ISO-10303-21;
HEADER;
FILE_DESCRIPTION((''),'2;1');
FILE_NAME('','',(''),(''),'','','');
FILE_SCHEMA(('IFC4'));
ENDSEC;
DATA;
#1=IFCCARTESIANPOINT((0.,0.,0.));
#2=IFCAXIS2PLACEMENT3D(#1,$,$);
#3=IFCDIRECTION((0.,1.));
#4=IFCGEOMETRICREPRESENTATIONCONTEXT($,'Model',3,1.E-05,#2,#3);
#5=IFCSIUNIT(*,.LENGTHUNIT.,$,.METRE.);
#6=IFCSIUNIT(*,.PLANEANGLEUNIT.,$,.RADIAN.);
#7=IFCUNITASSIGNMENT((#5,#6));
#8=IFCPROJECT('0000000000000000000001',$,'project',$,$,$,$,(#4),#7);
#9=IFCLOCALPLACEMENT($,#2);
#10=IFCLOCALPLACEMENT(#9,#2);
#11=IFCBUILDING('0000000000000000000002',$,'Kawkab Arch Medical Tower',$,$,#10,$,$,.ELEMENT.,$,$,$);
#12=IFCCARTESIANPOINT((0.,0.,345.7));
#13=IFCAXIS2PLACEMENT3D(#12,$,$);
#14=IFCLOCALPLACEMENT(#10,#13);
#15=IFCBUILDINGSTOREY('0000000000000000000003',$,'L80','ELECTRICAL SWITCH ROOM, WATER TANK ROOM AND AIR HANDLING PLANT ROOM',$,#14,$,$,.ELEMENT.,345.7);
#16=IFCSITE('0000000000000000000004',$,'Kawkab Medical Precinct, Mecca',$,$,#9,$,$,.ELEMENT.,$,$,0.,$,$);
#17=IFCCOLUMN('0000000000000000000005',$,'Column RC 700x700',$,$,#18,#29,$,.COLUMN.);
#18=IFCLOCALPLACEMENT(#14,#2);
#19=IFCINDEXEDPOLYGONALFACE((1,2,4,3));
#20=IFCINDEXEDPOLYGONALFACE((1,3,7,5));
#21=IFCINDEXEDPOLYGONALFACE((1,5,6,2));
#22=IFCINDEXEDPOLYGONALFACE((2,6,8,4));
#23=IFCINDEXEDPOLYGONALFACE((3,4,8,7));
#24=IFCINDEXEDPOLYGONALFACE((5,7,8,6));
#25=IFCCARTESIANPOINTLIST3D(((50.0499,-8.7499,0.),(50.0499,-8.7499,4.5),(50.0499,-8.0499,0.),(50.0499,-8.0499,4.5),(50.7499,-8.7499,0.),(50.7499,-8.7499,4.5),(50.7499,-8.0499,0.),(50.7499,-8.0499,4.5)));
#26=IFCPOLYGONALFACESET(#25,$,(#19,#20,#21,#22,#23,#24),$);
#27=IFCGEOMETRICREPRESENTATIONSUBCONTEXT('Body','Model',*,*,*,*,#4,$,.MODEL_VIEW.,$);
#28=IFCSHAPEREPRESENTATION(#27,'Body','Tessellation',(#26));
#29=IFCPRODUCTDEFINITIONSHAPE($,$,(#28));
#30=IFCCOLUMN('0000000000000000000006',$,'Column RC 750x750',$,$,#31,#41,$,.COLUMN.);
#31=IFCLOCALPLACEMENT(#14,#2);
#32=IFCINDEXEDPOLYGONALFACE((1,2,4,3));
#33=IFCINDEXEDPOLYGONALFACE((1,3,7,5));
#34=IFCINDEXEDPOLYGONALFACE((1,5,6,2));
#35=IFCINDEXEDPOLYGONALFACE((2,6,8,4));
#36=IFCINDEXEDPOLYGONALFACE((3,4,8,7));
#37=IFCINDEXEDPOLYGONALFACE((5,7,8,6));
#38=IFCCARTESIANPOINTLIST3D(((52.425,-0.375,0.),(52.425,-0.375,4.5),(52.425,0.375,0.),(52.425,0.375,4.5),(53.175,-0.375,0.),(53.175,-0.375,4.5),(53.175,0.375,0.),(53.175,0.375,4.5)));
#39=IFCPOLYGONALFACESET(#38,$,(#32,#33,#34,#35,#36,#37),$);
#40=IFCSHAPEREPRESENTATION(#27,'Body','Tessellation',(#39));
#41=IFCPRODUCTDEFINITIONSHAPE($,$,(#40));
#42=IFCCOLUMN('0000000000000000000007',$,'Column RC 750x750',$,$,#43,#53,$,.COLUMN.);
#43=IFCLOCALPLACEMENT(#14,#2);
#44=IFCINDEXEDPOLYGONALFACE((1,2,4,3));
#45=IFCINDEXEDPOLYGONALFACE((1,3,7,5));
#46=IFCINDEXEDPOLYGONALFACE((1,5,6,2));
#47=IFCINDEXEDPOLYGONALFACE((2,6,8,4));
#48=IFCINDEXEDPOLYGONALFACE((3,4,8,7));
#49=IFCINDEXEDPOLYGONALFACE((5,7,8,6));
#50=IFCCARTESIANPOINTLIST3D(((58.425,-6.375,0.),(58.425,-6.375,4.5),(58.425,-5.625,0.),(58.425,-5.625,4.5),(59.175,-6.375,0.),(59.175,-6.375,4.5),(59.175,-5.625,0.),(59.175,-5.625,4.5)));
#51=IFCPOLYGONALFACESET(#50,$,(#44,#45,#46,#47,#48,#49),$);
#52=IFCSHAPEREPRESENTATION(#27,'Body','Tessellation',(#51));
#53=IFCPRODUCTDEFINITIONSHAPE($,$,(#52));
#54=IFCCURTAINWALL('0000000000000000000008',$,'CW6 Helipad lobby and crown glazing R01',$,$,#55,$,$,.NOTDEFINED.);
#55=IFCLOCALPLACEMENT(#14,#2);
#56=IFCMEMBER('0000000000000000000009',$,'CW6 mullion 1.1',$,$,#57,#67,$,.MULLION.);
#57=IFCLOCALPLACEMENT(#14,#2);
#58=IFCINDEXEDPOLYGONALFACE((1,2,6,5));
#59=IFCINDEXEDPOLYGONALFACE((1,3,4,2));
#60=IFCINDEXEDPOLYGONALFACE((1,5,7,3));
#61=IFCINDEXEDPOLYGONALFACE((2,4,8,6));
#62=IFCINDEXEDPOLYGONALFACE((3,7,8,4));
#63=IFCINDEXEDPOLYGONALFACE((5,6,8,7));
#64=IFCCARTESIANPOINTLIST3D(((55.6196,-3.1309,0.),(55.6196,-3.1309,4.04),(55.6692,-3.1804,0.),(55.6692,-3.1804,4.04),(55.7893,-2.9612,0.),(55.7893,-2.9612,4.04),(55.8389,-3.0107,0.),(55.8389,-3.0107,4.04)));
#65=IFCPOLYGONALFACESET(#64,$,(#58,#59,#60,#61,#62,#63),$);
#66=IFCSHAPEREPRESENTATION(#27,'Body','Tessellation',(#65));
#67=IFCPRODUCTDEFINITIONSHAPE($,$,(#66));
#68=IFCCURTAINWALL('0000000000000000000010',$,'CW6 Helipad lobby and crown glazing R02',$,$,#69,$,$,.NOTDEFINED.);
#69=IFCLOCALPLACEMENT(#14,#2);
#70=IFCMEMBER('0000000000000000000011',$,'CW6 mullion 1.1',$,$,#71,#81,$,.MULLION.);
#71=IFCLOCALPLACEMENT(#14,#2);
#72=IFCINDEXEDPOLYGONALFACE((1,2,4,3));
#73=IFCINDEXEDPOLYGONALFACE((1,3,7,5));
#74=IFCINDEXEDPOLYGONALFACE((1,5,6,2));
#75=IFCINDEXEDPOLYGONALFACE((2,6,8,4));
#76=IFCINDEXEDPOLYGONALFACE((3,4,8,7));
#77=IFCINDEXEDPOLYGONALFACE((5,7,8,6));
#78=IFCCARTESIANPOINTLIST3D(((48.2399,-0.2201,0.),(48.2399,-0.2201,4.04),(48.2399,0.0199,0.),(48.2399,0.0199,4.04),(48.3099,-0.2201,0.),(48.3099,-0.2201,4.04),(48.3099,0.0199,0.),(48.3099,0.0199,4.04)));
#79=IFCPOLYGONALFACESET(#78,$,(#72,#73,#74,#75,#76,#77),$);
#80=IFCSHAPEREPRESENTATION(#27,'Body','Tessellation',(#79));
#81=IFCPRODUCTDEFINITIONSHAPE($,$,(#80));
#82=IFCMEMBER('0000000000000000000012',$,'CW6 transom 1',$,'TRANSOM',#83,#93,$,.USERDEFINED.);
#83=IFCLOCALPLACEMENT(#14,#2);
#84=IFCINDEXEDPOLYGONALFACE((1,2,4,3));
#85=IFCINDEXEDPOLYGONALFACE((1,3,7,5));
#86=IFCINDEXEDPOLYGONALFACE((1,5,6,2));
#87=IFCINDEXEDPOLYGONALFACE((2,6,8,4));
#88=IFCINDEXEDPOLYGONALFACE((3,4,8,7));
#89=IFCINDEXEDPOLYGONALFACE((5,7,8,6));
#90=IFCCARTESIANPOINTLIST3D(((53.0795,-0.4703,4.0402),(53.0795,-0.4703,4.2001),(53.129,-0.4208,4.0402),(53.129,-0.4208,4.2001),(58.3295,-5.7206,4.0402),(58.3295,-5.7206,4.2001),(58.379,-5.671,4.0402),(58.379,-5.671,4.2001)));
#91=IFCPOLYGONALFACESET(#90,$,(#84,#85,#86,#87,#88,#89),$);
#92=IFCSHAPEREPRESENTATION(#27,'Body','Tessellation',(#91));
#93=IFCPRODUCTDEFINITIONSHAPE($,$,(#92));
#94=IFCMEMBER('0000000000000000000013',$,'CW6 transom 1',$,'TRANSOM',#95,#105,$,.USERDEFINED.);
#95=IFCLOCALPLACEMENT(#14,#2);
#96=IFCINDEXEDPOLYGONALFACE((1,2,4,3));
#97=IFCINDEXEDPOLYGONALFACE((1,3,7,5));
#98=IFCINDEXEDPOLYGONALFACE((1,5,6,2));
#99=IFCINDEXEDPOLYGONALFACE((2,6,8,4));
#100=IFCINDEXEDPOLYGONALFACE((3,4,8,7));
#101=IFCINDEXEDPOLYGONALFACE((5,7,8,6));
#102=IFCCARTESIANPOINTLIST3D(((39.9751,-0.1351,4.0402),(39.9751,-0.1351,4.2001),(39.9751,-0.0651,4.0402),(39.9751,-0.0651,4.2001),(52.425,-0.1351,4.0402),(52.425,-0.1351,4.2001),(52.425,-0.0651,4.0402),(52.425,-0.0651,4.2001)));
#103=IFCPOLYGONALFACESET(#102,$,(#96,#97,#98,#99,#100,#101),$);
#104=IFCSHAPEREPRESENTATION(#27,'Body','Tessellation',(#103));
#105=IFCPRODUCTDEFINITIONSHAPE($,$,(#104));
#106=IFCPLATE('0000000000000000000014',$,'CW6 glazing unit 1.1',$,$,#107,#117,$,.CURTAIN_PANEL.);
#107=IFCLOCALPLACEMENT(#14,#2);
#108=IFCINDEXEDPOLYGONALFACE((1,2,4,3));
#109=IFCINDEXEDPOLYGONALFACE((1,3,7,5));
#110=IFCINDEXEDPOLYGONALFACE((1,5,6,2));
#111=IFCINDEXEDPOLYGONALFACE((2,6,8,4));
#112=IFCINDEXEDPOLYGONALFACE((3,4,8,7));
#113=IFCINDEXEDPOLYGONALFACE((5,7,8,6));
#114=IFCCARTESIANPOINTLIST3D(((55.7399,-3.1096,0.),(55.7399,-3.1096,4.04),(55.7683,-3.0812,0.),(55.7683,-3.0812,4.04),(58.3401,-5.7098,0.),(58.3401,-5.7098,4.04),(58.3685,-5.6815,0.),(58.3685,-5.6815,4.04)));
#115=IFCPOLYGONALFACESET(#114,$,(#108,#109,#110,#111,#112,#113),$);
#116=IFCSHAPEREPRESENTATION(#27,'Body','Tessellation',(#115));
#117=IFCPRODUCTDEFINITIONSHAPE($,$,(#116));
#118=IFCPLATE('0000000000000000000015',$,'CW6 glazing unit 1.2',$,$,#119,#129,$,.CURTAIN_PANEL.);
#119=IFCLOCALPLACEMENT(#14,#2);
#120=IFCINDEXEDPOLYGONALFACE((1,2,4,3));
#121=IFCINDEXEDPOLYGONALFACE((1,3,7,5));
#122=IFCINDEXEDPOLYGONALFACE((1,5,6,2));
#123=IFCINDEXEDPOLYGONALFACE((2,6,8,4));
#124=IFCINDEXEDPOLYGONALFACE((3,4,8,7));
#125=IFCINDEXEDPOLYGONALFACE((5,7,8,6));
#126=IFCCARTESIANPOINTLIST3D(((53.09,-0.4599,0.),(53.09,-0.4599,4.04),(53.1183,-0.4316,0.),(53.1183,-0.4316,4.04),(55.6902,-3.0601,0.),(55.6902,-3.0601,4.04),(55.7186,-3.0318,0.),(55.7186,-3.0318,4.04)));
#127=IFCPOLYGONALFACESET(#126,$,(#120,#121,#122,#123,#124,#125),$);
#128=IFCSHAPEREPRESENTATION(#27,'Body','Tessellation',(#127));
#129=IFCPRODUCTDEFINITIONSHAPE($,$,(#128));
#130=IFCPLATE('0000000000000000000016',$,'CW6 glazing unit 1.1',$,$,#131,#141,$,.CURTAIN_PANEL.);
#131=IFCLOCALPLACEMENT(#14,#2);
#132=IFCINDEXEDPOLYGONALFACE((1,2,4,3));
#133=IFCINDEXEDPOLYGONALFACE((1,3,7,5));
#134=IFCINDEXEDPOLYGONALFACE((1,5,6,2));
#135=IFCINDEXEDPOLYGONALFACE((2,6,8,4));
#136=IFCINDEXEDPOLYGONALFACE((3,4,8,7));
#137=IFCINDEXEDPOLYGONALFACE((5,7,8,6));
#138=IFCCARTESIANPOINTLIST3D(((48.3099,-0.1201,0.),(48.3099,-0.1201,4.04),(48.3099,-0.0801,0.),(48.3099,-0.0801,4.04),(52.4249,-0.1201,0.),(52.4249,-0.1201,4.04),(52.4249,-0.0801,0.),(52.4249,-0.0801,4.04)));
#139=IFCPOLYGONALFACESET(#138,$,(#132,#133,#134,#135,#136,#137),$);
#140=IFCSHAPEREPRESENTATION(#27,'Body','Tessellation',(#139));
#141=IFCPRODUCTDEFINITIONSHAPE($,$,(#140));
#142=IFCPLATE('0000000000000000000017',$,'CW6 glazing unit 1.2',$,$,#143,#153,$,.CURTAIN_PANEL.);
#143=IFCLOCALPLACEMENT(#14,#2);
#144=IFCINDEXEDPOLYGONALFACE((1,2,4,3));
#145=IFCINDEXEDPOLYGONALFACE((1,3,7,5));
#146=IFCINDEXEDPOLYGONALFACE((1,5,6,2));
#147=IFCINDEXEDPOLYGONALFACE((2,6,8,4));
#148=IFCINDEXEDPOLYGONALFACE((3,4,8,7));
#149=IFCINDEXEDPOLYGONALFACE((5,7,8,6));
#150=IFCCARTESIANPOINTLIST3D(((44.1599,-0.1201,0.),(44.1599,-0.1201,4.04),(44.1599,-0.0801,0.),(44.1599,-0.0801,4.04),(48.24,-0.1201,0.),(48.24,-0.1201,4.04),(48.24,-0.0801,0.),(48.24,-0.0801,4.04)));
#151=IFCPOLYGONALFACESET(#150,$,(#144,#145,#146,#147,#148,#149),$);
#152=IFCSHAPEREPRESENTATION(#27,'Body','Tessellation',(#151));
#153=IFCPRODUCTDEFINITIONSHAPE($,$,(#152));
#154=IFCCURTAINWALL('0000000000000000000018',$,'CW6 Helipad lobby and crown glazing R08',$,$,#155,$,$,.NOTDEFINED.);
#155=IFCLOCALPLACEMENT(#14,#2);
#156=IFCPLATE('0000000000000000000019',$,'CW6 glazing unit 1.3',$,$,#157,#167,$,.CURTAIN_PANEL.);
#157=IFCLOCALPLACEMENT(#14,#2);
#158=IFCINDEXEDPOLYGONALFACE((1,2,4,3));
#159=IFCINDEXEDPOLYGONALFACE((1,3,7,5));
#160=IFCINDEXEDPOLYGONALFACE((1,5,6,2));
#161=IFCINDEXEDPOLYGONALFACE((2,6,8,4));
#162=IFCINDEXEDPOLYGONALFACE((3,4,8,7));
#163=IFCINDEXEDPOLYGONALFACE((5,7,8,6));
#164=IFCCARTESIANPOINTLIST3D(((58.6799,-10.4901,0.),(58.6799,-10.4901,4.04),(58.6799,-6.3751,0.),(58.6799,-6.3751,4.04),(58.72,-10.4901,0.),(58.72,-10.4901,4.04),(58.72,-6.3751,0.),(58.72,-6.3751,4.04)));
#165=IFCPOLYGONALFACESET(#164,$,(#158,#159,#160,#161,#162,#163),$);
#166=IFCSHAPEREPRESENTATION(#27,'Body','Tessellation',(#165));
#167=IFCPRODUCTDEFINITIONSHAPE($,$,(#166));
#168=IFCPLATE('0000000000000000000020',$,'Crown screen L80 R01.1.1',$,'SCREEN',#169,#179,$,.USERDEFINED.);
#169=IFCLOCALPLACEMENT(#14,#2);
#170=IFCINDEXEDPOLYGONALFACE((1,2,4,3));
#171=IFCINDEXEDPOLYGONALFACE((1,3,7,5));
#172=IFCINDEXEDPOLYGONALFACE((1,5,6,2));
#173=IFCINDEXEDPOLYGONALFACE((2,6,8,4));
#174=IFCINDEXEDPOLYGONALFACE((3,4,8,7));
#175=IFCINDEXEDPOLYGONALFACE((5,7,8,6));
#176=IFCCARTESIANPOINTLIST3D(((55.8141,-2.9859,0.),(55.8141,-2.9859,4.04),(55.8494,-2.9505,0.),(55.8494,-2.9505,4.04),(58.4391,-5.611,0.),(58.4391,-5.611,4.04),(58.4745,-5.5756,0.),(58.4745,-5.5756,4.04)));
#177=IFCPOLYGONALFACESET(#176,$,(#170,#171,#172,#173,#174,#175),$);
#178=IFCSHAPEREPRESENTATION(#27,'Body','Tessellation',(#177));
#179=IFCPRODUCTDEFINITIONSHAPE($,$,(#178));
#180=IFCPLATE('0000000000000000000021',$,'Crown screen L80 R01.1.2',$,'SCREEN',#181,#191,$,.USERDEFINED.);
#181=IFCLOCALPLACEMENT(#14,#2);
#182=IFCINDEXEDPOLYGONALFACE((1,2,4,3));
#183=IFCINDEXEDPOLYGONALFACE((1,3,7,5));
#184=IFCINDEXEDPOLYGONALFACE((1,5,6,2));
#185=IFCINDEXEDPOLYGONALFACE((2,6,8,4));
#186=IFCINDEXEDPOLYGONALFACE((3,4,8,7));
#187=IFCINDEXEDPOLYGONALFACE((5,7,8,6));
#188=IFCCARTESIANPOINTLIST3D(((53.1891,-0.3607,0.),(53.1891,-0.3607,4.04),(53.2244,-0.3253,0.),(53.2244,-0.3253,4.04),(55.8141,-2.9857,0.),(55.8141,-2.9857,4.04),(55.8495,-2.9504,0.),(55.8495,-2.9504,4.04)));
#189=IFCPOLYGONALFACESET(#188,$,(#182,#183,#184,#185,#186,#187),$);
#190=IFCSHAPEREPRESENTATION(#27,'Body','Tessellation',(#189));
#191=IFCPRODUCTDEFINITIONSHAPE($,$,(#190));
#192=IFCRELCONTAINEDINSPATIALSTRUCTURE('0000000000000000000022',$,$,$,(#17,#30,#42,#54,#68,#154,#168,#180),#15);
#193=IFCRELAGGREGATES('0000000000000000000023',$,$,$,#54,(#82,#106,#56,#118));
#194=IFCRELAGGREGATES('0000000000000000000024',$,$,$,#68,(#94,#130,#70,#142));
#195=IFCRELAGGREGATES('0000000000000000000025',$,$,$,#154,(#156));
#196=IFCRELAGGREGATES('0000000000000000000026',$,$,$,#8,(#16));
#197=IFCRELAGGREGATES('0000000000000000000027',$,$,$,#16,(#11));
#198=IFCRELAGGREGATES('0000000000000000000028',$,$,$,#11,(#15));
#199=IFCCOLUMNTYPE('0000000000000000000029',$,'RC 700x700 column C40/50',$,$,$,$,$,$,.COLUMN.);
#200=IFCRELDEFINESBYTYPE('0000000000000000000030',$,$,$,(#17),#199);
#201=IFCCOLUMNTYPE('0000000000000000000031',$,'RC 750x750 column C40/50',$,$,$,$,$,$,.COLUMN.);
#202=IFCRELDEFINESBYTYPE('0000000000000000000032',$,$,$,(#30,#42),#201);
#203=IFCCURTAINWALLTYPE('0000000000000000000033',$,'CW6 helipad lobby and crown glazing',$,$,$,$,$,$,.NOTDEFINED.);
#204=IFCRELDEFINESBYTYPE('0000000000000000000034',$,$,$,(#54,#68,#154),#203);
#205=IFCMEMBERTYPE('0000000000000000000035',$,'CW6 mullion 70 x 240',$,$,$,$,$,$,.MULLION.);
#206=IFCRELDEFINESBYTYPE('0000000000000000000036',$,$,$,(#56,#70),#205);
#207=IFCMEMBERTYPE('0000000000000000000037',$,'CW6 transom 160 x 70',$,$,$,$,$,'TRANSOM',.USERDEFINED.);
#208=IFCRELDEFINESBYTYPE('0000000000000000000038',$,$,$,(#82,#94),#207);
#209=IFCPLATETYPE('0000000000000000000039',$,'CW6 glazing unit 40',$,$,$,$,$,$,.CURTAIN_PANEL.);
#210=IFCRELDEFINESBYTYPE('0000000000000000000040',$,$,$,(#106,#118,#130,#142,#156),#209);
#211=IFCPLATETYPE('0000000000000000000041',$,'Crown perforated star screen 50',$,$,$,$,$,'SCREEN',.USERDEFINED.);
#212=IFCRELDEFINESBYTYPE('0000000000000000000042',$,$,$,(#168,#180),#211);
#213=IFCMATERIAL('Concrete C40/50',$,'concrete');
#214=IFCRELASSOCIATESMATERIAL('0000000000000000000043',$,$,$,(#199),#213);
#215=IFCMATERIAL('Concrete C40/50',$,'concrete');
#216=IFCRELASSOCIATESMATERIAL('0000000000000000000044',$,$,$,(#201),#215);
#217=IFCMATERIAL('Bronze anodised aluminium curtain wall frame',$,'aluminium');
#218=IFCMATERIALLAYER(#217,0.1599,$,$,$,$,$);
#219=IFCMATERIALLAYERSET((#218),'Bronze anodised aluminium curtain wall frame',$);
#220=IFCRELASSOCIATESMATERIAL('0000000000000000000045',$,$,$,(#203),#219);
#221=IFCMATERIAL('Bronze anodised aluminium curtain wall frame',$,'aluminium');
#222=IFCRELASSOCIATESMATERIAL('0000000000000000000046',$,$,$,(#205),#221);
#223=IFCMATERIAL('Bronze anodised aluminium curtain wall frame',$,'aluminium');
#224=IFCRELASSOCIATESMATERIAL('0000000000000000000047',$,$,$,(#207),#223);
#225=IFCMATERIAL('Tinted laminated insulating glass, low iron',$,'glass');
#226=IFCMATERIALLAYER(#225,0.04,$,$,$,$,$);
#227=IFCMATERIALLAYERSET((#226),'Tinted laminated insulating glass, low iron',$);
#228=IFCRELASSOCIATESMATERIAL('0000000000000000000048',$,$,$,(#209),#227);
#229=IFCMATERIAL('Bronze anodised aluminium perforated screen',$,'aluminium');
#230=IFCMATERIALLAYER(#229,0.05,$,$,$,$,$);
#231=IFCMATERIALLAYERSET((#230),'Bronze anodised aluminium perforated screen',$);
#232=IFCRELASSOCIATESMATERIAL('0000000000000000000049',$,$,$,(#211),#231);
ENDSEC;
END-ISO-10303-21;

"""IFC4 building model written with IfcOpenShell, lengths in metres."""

from ifc_helpers import new_model, si_unit, direction, frame, origin, origin_2d, place, context, subcontext, project, spatial, rectangle, extrude, material, layer, layer_set, material_profile, profile_set, type_object, element, aggregate, save


model = new_model("IFC4")

# Units and contexts
model_context = context("Model", 3, precision=1e-05, world=origin(), true_north=direction((0.0, 1.0)))
body_context = subcontext(model_context, "Body", "Model", "MODEL_VIEW")
ifc_project = project(units=[si_unit("LENGTHUNIT", "METRE"), si_unit("PLANEANGLEUNIT", "RADIAN")], contexts=[model_context])

# Site, building, storey
site_placement = place(None, origin())
site = spatial("IfcSite", under=ifc_project, at=site_placement, Name="Kawkab Medical Precinct, Mecca", CompositionType="ELEMENT", RefElevation=0.0)
building_placement = place(site_placement, origin())
building = spatial("IfcBuilding", under=site, at=building_placement, Name="Kawkab Arch Medical Tower", CompositionType="ELEMENT")
storey_placement = place(building_placement, frame((0.0, 0.0, 345.7)))
storey = spatial("IfcBuildingStorey", under=building, at=storey_placement, Name="L80", Description="ELECTRICAL SWITCH ROOM, WATER TANK ROOM AND AIR HANDLING PLANT ROOM", CompositionType="ELEMENT", Elevation=345.7)

# Columns
ifc_material_1 = material(Name="Concrete C40/50", Category="concrete")
ifc_material_profile_1 = material_profile(ifc_material_1, rectangle(XDim=0.7, YDim=0.7, at=origin_2d()), Name="RC 700x700")
ifc_profile_set_1 = profile_set([ifc_material_profile_1], Name="Concrete C40/50")
column_type_1 = type_object("IfcColumnType", Name="RC 700x700 column C40/50", PredefinedType="COLUMN", material=ifc_profile_set_1)
column_placement = place(storey_placement, frame((50.3999, -8.3999, 0.0), z_axis=(0.0, 0.0, 1.0), x_axis=(1.0, 0.0, 0.0)))
element("IfcColumn", 1, at=column_placement, inside=storey, type_object=column_type_1, Name="Column RC 700x700", PredefinedType="COLUMN", context=body_context, shape_type="SweptSolid", body=[
    extrude(rectangle(XDim=0.7, YDim=0.7, at=origin_2d()), origin(), (0.0, 0.0, 1.0), 4.5),
])
ifc_material_2 = material(Name="Concrete C40/50", Category="concrete")
ifc_material_profile_2 = material_profile(ifc_material_2, rectangle(XDim=0.75, YDim=0.75, at=origin_2d()), Name="RC 750x750")
ifc_profile_set_2 = profile_set([ifc_material_profile_2], Name="Concrete C40/50")
column_type_2 = type_object("IfcColumnType", Name="RC 750x750 column C40/50", PredefinedType="COLUMN", material=ifc_profile_set_2)
for number, where, z_axis, x_axis, name in (
    (2, (52.8, 0.0, 0.0), (0.0, 0.0, 1.0), (1.0, 0.0, 0.0), "Column RC 750x750"),
    (3, (58.8, -6.0, 0.0), (0.0, 0.0, 1.0), (1.0, 0.0, 0.0), "Column RC 750x750"),
):
    element("IfcColumn", number, at=place(storey_placement, frame(where, z_axis=z_axis, x_axis=x_axis)), inside=storey, type_object=column_type_2, Name=name, PredefinedType="COLUMN", context=body_context, shape_type="SweptSolid", body=[
        extrude(rectangle(XDim=0.75, YDim=0.75, at=origin_2d()), origin(), (0.0, 0.0, 1.0), 4.5),
    ])

# Curtain walls, members
ifc_material_3 = material(Name="Bronze anodised aluminium curtain wall frame", Category="aluminium")
ifc_layer_1 = layer(ifc_material_3, 0.1599)
ifc_layer_set_1 = layer_set([ifc_layer_1], Name="Bronze anodised aluminium curtain wall frame")
curtain_wall_type = type_object("IfcCurtainWallType", Name="CW6 helipad lobby and crown glazing", PredefinedType="NOTDEFINED", material=ifc_layer_set_1)
placement = place(storey_placement, origin())
curtain_wall_1 = element("IfcCurtainWall", 4, at=placement, inside=storey, type_object=curtain_wall_type, Name="CW6 Helipad lobby and crown glazing R01", PredefinedType="NOTDEFINED")
ifc_material_4 = material(Name="Bronze anodised aluminium curtain wall frame", Category="aluminium")
ifc_material_profile_3 = material_profile(ifc_material_4, rectangle(XDim=0.24, YDim=0.0701, at=origin_2d()), Name="AL 70x240")
ifc_profile_set_3 = profile_set([ifc_material_profile_3], Name="Bronze anodised aluminium curtain wall frame")
member_type_1 = type_object("IfcMemberType", Name="CW6 mullion 70 x 240", PredefinedType="MULLION", material=ifc_profile_set_3)
member_1_placement = place(storey_placement, frame((55.7292, -3.0708, 0.0), z_axis=(0.0, 0.0, 1.0), x_axis=(-0.707107, -0.707107, 0.0)))
member_1 = element("IfcMember", 5, at=member_1_placement, type_object=member_type_1, Name="CW6 mullion 1.1", PredefinedType="MULLION", context=body_context, shape_type="SweptSolid", body=[
    extrude(rectangle(XDim=0.24, YDim=0.0701, at=origin_2d()), origin(), (0.0, 0.0, 1.0), 4.04),
])
curtain_wall_2 = element("IfcCurtainWall", 6, at=placement, inside=storey, type_object=curtain_wall_type, Name="CW6 Helipad lobby and crown glazing R02", PredefinedType="NOTDEFINED")
member_2_placement = place(storey_placement, frame((48.2749, -0.1001, 0.0), z_axis=(0.0, 0.0, 1.0), x_axis=(0.0, -1.0, 0.0)))
member_2 = element("IfcMember", 7, at=member_2_placement, type_object=member_type_1, Name="CW6 mullion 1.1", PredefinedType="MULLION", context=body_context, shape_type="SweptSolid", body=[
    extrude(rectangle(XDim=0.24, YDim=0.0701, at=origin_2d()), origin(), (0.0, 0.0, 1.0), 4.04),
])

# Members
ifc_material_5 = material(Name="Bronze anodised aluminium curtain wall frame", Category="aluminium")
ifc_material_profile_4 = material_profile(ifc_material_5, rectangle(XDim=0.0701, YDim=0.1599, at=origin_2d()), Name="AL 70x160")
ifc_profile_set_4 = profile_set([ifc_material_profile_4], Name="Bronze anodised aluminium curtain wall frame")
member_type_2 = type_object("IfcMemberType", Name="CW6 transom 160 x 70", ElementType="TRANSOM", PredefinedType="USERDEFINED", material=ifc_profile_set_4)
member_3_placement = place(storey_placement, frame((58.3542, -5.6958, 4.1201), z_axis=(-0.70709, 0.707123, 0.0), x_axis=(-0.707123, -0.70709, 0.0)))
member_3 = element("IfcMember", 8, at=member_3_placement, type_object=member_type_2, Name="CW6 transom 1", ObjectType="TRANSOM", PredefinedType="USERDEFINED", context=body_context, shape_type="SweptSolid", body=[
    extrude(rectangle(XDim=0.0701, YDim=0.1599, at=origin_2d()), origin(), (0.0, 0.0, 1.0), 7.4248),
])
member_4_placement = place(storey_placement, frame((52.425, -0.1001, 4.1201), z_axis=(-1.0, 0.0, 0.0), x_axis=(0.0, -1.0, 0.0)))
member_4 = element("IfcMember", 9, at=member_4_placement, type_object=member_type_2, Name="CW6 transom 1", ObjectType="TRANSOM", PredefinedType="USERDEFINED", context=body_context, shape_type="SweptSolid", body=[
    extrude(rectangle(XDim=0.0701, YDim=0.1599, at=origin_2d()), origin(), (0.0, 0.0, 1.0), 12.45),
])

# Plates
ifc_material_6 = material(Name="Tinted laminated insulating glass, low iron", Category="glass")
ifc_layer_2 = layer(ifc_material_6, 0.04)
ifc_layer_set_2 = layer_set([ifc_layer_2], Name="Tinted laminated insulating glass, low iron")
plate_type_1 = type_object("IfcPlateType", Name="CW6 glazing unit 40", PredefinedType="CURTAIN_PANEL", material=ifc_layer_set_2)
plate_1_placement = place(storey_placement, frame((57.0542, -4.3955, 0.0), z_axis=(0.0, 0.0, 1.0), x_axis=(-0.707107, 0.707107, 0.0)))
plate_1 = element("IfcPlate", 10, at=plate_1_placement, type_object=plate_type_1, Name="CW6 glazing unit 1.1", PredefinedType="CURTAIN_PANEL", context=body_context, shape_type="SweptSolid", body=[
    extrude(rectangle(XDim=3.6772, YDim=0.04, at=origin_2d()), origin(), (0.0, 0.0, 1.0), 4.04),
])
plate_2_placement = place(storey_placement, frame((54.4043, -1.7458, 0.0), z_axis=(0.0, 0.0, 1.0), x_axis=(-0.707107, 0.707107, 0.0)))
plate_2 = element("IfcPlate", 11, at=plate_2_placement, type_object=plate_type_1, Name="CW6 glazing unit 1.2", PredefinedType="CURTAIN_PANEL", context=body_context, shape_type="SweptSolid", body=[
    extrude(rectangle(XDim=3.6772, YDim=0.04, at=origin_2d()), origin(), (0.0, 0.0, 1.0), 4.04),
])
aggregate(curtain_wall_1, [member_3, plate_1, member_1, plate_2])
plate_3_placement = place(storey_placement, frame((50.3674, -0.1001, 0.0), z_axis=(0.0, 0.0, 1.0), x_axis=(-1.0, 0.0, 0.0)))
plate_3 = element("IfcPlate", 12, at=plate_3_placement, type_object=plate_type_1, Name="CW6 glazing unit 1.1", PredefinedType="CURTAIN_PANEL", context=body_context, shape_type="SweptSolid", body=[
    extrude(rectangle(XDim=4.115, YDim=0.04, at=origin_2d()), origin(), (0.0, 0.0, 1.0), 4.04),
])
plate_4_placement = place(storey_placement, frame((46.2, -0.1001, 0.0), z_axis=(0.0, 0.0, 1.0), x_axis=(-1.0, 0.0, 0.0)))
plate_4 = element("IfcPlate", 13, at=plate_4_placement, type_object=plate_type_1, Name="CW6 glazing unit 1.2", PredefinedType="CURTAIN_PANEL", context=body_context, shape_type="SweptSolid", body=[
    extrude(rectangle(XDim=4.0801, YDim=0.04, at=origin_2d()), origin(), (0.0, 0.0, 1.0), 4.04),
])
aggregate(curtain_wall_2, [member_4, plate_3, member_2, plate_4])

# Curtain wall, plate
curtain_wall_3 = element("IfcCurtainWall", 14, at=placement, inside=storey, type_object=curtain_wall_type, Name="CW6 Helipad lobby and crown glazing R08", PredefinedType="NOTDEFINED")
plate_5_placement = place(storey_placement, frame((58.7, -8.4326, 0.0), z_axis=(0.0, 0.0, 1.0), x_axis=(0.0, 1.0, 0.0)))
plate_5 = element("IfcPlate", 15, at=plate_5_placement, type_object=plate_type_1, Name="CW6 glazing unit 1.3", PredefinedType="CURTAIN_PANEL", context=body_context, shape_type="SweptSolid", body=[
    extrude(rectangle(XDim=4.115, YDim=0.04, at=origin_2d()), origin(), (0.0, 0.0, 1.0), 4.04),
])
aggregate(curtain_wall_3, [plate_5])

# Plates
ifc_material_7 = material(Name="Bronze anodised aluminium perforated screen", Category="aluminium")
ifc_layer_3 = layer(ifc_material_7, 0.05)
ifc_layer_set_3 = layer_set([ifc_layer_3], Name="Bronze anodised aluminium perforated screen")
plate_type_2 = type_object("IfcPlateType", Name="Crown perforated star screen 50", ElementType="SCREEN", PredefinedType="USERDEFINED", material=ifc_layer_set_3)
for number, where, z_axis, x_axis, name in (
    (16, (57.1443, -4.2808, 0.0), (0.0, 0.0, 1.0), (-0.707107, 0.707107, 0.0), "Crown screen L80 R01.1.1"),
    (17, (54.5193, -1.6555, 0.0), (0.0, 0.0, 1.0), (-0.707107, 0.707107, 0.0), "Crown screen L80 R01.1.2"),
):
    element("IfcPlate", number, at=place(storey_placement, frame(where, z_axis=z_axis, x_axis=x_axis)), inside=storey, type_object=plate_type_2, Name=name, ObjectType="SCREEN", PredefinedType="USERDEFINED", context=body_context, shape_type="SweptSolid", body=[
        extrude(rectangle(XDim=3.7124, YDim=0.05, at=origin_2d()), origin(), (0.0, 0.0, 1.0), 4.04),
    ])

save(model, "model.ifc")
